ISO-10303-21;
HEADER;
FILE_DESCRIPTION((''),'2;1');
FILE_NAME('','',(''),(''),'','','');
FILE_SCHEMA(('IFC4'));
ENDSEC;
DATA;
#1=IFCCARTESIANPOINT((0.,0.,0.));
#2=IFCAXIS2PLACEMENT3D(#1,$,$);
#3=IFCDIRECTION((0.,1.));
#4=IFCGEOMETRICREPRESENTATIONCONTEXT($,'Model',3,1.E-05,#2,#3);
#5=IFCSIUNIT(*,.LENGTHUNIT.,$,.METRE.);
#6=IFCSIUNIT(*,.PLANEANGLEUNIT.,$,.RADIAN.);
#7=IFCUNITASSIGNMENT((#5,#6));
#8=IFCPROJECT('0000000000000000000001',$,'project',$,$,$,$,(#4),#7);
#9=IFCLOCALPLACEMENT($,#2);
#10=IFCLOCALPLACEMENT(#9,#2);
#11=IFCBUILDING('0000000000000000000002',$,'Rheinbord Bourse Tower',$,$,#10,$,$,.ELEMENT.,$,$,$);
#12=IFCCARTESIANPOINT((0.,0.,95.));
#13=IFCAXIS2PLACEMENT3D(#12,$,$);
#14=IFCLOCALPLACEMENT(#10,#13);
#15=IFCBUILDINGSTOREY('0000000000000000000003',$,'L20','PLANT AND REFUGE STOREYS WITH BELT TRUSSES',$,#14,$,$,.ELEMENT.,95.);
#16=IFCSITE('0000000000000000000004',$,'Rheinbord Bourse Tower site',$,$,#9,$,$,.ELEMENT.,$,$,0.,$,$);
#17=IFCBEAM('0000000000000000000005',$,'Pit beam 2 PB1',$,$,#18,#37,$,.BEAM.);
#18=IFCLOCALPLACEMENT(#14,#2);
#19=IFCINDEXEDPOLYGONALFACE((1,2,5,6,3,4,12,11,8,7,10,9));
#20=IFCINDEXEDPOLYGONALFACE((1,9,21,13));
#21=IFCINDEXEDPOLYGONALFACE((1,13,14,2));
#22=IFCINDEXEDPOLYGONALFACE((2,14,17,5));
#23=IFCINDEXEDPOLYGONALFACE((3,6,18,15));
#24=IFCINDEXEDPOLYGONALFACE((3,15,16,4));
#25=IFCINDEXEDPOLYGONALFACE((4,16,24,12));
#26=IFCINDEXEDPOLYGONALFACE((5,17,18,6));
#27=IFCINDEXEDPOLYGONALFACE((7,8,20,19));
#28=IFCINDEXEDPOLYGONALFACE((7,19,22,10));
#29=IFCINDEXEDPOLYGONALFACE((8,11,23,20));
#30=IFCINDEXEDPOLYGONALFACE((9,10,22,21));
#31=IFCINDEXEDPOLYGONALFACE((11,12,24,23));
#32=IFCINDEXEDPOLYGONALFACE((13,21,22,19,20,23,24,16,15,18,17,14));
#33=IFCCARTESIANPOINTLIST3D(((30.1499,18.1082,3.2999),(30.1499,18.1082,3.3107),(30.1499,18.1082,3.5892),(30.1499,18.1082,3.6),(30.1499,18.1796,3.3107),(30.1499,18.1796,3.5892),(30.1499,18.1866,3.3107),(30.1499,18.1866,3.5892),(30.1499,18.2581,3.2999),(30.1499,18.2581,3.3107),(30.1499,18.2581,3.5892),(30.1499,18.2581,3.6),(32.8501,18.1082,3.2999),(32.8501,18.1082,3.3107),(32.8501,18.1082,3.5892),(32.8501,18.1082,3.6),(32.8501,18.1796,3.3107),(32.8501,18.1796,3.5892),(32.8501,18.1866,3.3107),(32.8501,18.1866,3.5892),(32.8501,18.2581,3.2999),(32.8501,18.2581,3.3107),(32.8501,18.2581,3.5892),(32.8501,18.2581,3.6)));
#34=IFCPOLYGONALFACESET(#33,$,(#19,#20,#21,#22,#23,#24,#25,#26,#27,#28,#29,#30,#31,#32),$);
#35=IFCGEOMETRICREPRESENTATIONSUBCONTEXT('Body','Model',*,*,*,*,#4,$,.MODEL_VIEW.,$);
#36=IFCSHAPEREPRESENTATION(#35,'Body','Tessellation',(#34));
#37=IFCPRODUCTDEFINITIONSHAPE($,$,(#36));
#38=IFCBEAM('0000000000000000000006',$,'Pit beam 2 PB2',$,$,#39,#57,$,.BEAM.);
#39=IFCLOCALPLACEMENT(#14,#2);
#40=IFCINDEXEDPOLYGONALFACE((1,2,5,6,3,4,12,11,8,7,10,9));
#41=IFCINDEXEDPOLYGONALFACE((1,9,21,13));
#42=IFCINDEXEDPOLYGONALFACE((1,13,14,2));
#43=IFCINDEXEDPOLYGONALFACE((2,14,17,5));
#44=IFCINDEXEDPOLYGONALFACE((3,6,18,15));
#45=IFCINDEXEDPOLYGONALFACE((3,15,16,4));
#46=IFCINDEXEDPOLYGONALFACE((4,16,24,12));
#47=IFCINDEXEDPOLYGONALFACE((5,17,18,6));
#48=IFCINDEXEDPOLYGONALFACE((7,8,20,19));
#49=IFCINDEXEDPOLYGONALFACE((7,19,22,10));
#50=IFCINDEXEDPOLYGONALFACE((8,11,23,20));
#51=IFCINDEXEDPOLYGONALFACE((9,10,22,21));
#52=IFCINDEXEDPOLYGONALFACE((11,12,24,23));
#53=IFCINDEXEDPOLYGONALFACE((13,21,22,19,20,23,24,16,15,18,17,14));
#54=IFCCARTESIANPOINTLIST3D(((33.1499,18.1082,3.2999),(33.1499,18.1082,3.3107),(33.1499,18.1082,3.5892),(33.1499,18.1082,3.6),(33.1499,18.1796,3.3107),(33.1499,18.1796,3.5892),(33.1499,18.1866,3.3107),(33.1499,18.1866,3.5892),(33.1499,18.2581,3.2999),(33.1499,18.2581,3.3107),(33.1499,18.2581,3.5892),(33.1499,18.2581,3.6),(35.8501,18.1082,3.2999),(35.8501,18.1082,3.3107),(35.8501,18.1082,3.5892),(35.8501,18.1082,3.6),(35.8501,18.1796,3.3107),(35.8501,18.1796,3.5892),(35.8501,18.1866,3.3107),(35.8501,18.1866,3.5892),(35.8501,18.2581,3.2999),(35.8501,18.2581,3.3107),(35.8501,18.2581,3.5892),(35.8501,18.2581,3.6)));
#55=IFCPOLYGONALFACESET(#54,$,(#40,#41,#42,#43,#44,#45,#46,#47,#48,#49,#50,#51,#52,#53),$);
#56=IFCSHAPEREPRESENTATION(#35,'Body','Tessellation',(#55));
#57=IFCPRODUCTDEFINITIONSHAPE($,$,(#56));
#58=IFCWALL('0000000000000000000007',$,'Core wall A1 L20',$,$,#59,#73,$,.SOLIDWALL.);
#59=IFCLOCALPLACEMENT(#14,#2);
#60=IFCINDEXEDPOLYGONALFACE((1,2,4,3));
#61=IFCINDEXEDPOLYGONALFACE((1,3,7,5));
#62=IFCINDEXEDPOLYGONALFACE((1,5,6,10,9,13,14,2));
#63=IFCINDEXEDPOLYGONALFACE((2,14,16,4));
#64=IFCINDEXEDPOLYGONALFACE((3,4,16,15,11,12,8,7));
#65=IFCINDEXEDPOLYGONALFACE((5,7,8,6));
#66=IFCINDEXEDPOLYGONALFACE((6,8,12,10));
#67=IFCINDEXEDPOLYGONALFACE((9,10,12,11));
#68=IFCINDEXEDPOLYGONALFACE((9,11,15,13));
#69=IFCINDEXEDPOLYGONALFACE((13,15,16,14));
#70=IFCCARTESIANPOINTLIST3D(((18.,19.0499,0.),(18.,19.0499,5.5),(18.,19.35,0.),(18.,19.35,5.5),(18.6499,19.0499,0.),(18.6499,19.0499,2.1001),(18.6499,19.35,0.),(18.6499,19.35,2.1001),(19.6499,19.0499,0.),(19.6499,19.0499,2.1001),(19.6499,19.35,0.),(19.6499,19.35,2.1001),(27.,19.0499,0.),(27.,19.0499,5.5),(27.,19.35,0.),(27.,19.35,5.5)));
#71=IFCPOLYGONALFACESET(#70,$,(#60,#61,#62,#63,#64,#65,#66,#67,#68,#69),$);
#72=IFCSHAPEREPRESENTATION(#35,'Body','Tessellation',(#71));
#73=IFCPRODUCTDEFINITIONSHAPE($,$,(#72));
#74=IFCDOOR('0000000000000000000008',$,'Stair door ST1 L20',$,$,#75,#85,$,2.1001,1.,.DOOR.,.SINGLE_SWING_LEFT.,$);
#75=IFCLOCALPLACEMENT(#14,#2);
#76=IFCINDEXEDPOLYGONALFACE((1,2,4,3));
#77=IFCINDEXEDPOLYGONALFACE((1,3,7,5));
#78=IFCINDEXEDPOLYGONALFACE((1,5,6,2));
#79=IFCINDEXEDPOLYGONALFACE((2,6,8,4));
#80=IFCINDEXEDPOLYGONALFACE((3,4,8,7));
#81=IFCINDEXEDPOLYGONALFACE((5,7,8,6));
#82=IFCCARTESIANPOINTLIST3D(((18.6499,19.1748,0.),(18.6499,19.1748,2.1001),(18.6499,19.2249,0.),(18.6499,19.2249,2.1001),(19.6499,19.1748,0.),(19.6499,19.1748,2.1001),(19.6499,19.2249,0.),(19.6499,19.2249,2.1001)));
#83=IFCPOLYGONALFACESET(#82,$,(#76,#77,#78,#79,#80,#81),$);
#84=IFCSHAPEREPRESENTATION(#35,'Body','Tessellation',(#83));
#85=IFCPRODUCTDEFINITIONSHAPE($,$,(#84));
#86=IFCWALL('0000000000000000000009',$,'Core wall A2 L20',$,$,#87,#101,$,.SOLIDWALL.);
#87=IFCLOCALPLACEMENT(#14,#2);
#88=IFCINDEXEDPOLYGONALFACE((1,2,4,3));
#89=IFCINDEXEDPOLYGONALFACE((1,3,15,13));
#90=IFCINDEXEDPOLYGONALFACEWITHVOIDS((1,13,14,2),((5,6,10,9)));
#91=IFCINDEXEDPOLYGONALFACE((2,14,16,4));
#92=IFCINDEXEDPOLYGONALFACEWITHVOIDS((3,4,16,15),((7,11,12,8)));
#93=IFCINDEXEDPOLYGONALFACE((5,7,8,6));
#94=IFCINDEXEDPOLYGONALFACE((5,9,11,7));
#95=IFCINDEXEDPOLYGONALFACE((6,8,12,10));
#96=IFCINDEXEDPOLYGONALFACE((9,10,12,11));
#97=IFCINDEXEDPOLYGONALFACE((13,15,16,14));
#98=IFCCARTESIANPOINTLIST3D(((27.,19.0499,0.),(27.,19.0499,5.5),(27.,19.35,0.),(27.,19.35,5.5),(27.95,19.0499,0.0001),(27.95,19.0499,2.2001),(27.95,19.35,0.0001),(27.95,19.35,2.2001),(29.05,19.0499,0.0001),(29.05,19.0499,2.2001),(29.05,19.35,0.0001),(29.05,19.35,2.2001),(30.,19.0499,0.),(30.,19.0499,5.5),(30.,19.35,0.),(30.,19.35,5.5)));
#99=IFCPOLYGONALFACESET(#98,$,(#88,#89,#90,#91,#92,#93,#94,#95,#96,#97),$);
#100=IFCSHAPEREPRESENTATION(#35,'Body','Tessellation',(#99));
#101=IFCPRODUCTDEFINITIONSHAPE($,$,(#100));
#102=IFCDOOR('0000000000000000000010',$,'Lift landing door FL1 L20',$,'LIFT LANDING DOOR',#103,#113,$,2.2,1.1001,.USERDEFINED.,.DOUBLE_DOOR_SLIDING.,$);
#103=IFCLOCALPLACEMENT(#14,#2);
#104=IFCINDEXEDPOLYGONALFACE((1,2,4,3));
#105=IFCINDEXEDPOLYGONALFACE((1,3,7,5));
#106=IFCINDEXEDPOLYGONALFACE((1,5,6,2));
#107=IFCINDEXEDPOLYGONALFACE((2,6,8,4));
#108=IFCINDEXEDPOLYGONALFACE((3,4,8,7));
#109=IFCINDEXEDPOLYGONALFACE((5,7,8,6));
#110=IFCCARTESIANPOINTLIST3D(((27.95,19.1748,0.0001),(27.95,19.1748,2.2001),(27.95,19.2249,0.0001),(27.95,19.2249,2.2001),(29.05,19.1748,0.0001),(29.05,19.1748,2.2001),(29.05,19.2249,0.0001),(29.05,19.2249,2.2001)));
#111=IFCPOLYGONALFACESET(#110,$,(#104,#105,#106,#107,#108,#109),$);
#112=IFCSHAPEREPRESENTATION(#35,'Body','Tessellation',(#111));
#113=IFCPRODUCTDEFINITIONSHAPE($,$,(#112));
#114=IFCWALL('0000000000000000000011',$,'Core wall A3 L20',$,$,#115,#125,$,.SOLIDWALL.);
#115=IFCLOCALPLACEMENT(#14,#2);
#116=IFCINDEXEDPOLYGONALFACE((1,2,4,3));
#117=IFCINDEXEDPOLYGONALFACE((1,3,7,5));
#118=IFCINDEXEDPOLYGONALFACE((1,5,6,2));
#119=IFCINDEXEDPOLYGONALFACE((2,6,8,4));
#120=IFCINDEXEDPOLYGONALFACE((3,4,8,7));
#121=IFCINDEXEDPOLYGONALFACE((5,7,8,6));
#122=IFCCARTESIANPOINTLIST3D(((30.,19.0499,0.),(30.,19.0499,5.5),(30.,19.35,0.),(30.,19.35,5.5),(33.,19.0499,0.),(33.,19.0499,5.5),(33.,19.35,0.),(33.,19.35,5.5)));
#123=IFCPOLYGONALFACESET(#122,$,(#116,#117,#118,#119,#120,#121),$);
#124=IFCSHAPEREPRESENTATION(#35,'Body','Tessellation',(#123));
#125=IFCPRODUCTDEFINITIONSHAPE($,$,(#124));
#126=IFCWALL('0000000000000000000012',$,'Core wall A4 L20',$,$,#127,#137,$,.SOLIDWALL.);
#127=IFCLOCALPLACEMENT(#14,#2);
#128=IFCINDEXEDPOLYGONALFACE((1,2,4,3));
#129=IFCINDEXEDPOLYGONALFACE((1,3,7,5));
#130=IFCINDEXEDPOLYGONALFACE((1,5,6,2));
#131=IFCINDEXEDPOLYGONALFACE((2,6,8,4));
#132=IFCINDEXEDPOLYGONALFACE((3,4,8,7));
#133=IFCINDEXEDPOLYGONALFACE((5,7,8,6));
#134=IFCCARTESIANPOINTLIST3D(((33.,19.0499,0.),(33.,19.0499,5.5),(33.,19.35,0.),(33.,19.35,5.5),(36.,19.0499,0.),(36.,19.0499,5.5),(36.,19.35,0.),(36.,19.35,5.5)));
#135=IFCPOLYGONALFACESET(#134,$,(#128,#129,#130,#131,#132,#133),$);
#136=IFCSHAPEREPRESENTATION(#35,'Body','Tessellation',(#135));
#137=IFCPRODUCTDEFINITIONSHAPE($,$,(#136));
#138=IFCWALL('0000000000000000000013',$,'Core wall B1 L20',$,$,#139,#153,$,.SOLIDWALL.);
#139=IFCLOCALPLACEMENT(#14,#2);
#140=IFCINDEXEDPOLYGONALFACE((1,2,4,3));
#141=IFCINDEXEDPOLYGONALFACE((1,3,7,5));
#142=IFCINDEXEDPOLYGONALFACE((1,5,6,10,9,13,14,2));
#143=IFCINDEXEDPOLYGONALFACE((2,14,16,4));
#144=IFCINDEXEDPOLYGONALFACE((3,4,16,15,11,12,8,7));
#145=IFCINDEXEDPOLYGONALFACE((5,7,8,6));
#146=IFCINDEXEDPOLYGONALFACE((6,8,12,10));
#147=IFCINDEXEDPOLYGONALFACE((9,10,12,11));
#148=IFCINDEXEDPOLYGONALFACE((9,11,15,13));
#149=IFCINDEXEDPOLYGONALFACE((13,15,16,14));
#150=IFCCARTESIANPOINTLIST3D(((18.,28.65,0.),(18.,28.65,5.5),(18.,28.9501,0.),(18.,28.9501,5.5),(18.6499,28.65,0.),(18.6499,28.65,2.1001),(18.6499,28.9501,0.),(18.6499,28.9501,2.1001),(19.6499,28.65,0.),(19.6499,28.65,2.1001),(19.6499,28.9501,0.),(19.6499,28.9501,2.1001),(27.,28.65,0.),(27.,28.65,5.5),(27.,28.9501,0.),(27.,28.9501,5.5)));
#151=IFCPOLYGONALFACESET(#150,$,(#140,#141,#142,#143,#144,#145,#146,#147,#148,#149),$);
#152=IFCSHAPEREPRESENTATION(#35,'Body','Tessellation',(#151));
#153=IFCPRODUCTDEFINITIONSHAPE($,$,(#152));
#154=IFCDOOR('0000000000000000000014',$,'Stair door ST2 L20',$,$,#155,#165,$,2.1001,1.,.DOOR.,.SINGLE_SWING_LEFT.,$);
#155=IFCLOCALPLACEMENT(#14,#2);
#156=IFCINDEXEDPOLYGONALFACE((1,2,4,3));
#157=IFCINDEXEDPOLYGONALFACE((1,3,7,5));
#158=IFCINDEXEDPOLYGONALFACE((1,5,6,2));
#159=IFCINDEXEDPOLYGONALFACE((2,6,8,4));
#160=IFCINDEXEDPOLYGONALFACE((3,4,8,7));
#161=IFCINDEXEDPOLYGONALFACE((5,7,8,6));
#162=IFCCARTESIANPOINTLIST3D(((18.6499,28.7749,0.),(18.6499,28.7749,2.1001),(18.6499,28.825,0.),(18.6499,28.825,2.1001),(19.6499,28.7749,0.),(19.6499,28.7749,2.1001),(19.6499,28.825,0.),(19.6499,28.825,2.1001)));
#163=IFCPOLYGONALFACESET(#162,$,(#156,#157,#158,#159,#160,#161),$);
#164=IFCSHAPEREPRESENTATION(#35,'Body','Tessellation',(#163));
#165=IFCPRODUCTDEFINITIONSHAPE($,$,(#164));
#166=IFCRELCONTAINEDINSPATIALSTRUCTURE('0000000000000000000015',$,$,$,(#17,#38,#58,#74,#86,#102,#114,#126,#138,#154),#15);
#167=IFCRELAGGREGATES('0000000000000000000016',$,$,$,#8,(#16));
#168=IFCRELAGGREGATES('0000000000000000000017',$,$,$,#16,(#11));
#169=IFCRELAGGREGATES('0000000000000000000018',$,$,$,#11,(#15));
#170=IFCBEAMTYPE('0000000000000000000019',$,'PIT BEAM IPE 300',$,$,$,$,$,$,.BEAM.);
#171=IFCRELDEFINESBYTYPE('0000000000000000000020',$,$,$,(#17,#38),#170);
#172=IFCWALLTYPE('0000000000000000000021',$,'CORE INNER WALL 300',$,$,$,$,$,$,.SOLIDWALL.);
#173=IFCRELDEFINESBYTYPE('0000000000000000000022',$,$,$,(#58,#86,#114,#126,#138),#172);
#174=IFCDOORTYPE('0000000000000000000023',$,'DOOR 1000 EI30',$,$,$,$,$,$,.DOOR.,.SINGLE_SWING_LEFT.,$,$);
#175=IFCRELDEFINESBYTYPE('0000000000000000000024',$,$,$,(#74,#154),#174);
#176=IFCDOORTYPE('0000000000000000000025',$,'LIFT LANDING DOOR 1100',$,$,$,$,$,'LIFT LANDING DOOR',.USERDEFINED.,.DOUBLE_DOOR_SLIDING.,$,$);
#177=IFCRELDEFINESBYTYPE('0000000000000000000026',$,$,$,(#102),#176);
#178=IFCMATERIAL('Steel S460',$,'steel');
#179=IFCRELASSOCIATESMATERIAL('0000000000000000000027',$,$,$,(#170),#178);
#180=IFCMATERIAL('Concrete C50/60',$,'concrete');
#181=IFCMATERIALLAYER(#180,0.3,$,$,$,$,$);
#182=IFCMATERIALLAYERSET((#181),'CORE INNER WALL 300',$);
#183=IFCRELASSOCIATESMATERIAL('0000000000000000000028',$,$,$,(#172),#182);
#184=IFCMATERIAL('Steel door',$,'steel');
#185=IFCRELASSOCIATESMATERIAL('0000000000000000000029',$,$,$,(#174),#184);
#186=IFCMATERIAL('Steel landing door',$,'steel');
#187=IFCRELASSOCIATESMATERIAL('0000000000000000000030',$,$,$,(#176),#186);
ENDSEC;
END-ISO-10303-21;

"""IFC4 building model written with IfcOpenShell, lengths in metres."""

from ifc_helpers import new_model, si_unit, direction, frame, frame_2d, origin, origin_2d, place, context, subcontext, project, spatial, rectangle, i_section, extrude, material, layer, layer_set, material_profile, profile_set, type_object, element, fill, save


model = new_model("IFC4")

# Units and contexts
model_context = context("Model", 3, precision=1e-05, world=origin(), true_north=direction((0.0, 1.0)))
body_context = subcontext(model_context, "Body", "Model", "MODEL_VIEW")
ifc_project = project(units=[si_unit("LENGTHUNIT", "METRE"), si_unit("PLANEANGLEUNIT", "RADIAN")], contexts=[model_context])

# Site, building, storey
site_placement = place(None, origin())
site = spatial("IfcSite", under=ifc_project, at=site_placement, Name="Rheinbord Bourse Tower site", CompositionType="ELEMENT", RefElevation=0.0)
building_placement = place(site_placement, origin())
building = spatial("IfcBuilding", under=site, at=building_placement, Name="Rheinbord Bourse Tower", CompositionType="ELEMENT")
storey_placement = place(building_placement, frame((0.0, 0.0, 95.0)))
storey = spatial("IfcBuildingStorey", under=building, at=storey_placement, Name="L20", Description="PLANT AND REFUGE STOREYS WITH BELT TRUSSES", CompositionType="ELEMENT", Elevation=95.0)

# Beams
ifc_material_1 = material(Name="Steel S460", Category="steel")
ifc_material_profile = material_profile(ifc_material_1, i_section(OverallWidth=0.1499, OverallDepth=0.3, WebThickness=0.0071, FlangeThickness=0.0107, at=origin_2d()), Name="IPE 300")
ifc_profile_set = profile_set([ifc_material_profile], Name="Steel S460")
beam_type = type_object("IfcBeamType", Name="PIT BEAM IPE 300", PredefinedType="BEAM", material=ifc_profile_set)
for number, where, z_axis, x_axis, name in (
    (1, (30.1499, 18.1831, 3.45), (1.0, 0.0, 0.0), (0.0, 1.0, 0.0), "Pit beam 2 PB1"),
    (2, (33.1499, 18.1831, 3.45), (1.0, 0.0, 0.0), (0.0, 1.0, 0.0), "Pit beam 2 PB2"),
):
    element("IfcBeam", number, at=place(storey_placement, frame(where, z_axis=z_axis, x_axis=x_axis)), inside=storey, type_object=beam_type, Name=name, PredefinedType="BEAM", context=body_context, shape_type="SweptSolid", body=[
        extrude(i_section(OverallWidth=0.1499, OverallDepth=0.3, WebThickness=0.0071, FlangeThickness=0.0107, at=origin_2d()), origin(), (0.0, 0.0, 1.0), 2.7002),
    ])

# Walls, openings, doors
ifc_material_2 = material(Name="Concrete C50/60", Category="concrete")
ifc_layer_1 = layer(ifc_material_2, 0.3)
ifc_layer_set_1 = layer_set([ifc_layer_1], Name="CORE INNER WALL 300")
wall_type_1 = type_object("IfcWallType", Name="CORE INNER WALL 300", PredefinedType="SOLIDWALL", material=ifc_layer_set_1)
wall_1_placement = place(storey_placement, frame((18.0, 19.2, 0.0), z_axis=(0.0, 0.0, 1.0), x_axis=(1.0, 0.0, 0.0)))
wall_1 = element("IfcWall", 3, at=wall_1_placement, inside=storey, type_object=wall_type_1, Name="Core wall A1 L20", PredefinedType="SOLIDWALL", context=body_context, shape_type="SweptSolid", body=[
    extrude(rectangle(XDim=9.0, YDim=0.3, at=frame_2d((4.5, 0.0))), origin(), (0.0, 0.0, 1.0), 5.5),
])
opening_1_placement = place(wall_1_placement, frame((0.6499, 0.0, 0.0)))
opening_1 = element("IfcOpeningElement", 4, at=opening_1_placement, cuts=wall_1, PredefinedType="OPENING", context=body_context, shape_type="SweptSolid", body=[
    extrude(rectangle(XDim=1.0, YDim=2.1001, at=frame_2d((0.5, 1.05))), frame((0.0, 0.1599, 0.0), z_axis=(0.0, -1.0, 0.0), x_axis=(1.0, 0.0, 0.0)), (0.0, 0.0, 1.0), 0.3201),
])
ifc_material_3 = material(Name="Steel door", Category="steel")
door_type_1 = type_object("IfcDoorType", Name="DOOR 1000 EI30", OperationType="SINGLE_SWING_LEFT", PredefinedType="DOOR", material=ifc_material_3)
door_1_placement = place(opening_1_placement, origin())
door_1 = element("IfcDoor", 5, at=door_1_placement, inside=storey, type_object=door_type_1, Name="Stair door ST1 L20", OperationType="SINGLE_SWING_LEFT", OverallHeight=2.1001, OverallWidth=1.0, PredefinedType="DOOR", context=body_context, shape_type="SweptSolid", body=[
    extrude(rectangle(XDim=1.0, YDim=2.1001, at=frame_2d((0.5, 1.05))), frame((0.0, 0.0249, 0.0), z_axis=(0.0, -1.0, 0.0), x_axis=(1.0, 0.0, 0.0)), (0.0, 0.0, 1.0), 0.05),
])
fill(opening_1, door_1)
wall_2_placement = place(storey_placement, frame((27.0, 19.2, 0.0), z_axis=(0.0, 0.0, 1.0), x_axis=(1.0, 0.0, 0.0)))
wall_2 = element("IfcWall", 6, at=wall_2_placement, inside=storey, type_object=wall_type_1, Name="Core wall A2 L20", PredefinedType="SOLIDWALL", context=body_context, shape_type="SweptSolid", body=[
    extrude(rectangle(XDim=3.0, YDim=0.3, at=frame_2d((1.5, 0.0))), origin(), (0.0, 0.0, 1.0), 5.5),
])
opening_2_placement = place(wall_2_placement, frame((0.95, 0.0, 0.0)))
opening_2 = element("IfcOpeningElement", 7, at=opening_2_placement, cuts=wall_2, PredefinedType="OPENING", context=body_context, shape_type="SweptSolid", body=[
    extrude(rectangle(XDim=1.1001, YDim=2.2, at=frame_2d((0.55, 1.1001))), frame((0.0, 0.1599, 0.0), z_axis=(0.0, -1.0, 0.0), x_axis=(1.0, 0.0, 0.0)), (0.0, 0.0, 1.0), 0.3201),
])
ifc_material_4 = material(Name="Steel landing door", Category="steel")
door_type_2 = type_object("IfcDoorType", Name="LIFT LANDING DOOR 1100", ElementType="LIFT LANDING DOOR", OperationType="DOUBLE_DOOR_SLIDING", PredefinedType="USERDEFINED", material=ifc_material_4)
door_2_placement = place(opening_2_placement, origin())
door_2 = element("IfcDoor", 8, at=door_2_placement, inside=storey, type_object=door_type_2, Name="Lift landing door FL1 L20", ObjectType="LIFT LANDING DOOR", OperationType="DOUBLE_DOOR_SLIDING", OverallHeight=2.2, OverallWidth=1.1001, PredefinedType="USERDEFINED", context=body_context, shape_type="SweptSolid", body=[
    extrude(rectangle(XDim=1.1001, YDim=2.2, at=frame_2d((0.55, 1.1001))), frame((0.0, 0.0249, 0.0), z_axis=(0.0, -1.0, 0.0), x_axis=(1.0, 0.0, 0.0)), (0.0, 0.0, 1.0), 0.05),
])
fill(opening_2, door_2)

# Walls
for number, where, z_axis, x_axis, name in (
    (9, (30.0, 19.2, 0.0), (0.0, 0.0, 1.0), (1.0, 0.0, 0.0), "Core wall A3 L20"),
    (10, (33.0, 19.2, 0.0), (0.0, 0.0, 1.0), (1.0, 0.0, 0.0), "Core wall A4 L20"),
):
    element("IfcWall", number, at=place(storey_placement, frame(where, z_axis=z_axis, x_axis=x_axis)), inside=storey, type_object=wall_type_1, Name=name, PredefinedType="SOLIDWALL", context=body_context, shape_type="SweptSolid", body=[
        extrude(rectangle(XDim=3.0, YDim=0.3, at=frame_2d((1.5, 0.0))), origin(), (0.0, 0.0, 1.0), 5.5),
    ])

# Wall, opening, door
wall_3_placement = place(storey_placement, frame((18.0, 28.8, 0.0), z_axis=(0.0, 0.0, 1.0), x_axis=(1.0, 0.0, 0.0)))
wall_3 = element("IfcWall", 11, at=wall_3_placement, inside=storey, type_object=wall_type_1, Name="Core wall B1 L20", PredefinedType="SOLIDWALL", context=body_context, shape_type="SweptSolid", body=[
    extrude(rectangle(XDim=9.0, YDim=0.3, at=frame_2d((4.5, 0.0))), origin(), (0.0, 0.0, 1.0), 5.5),
])
opening_3_placement = place(wall_3_placement, frame((0.6499, 0.0, 0.0)))
opening_3 = element("IfcOpeningElement", 12, at=opening_3_placement, cuts=wall_3, PredefinedType="OPENING", context=body_context, shape_type="SweptSolid", body=[
    extrude(rectangle(XDim=1.0, YDim=2.1001, at=frame_2d((0.5, 1.05))), frame((0.0, 0.1599, 0.0), z_axis=(0.0, -1.0, 0.0), x_axis=(1.0, 0.0, 0.0)), (0.0, 0.0, 1.0), 0.3201),
])
door_3_placement = place(opening_3_placement, origin())
door_3 = element("IfcDoor", 13, at=door_3_placement, inside=storey, type_object=door_type_1, Name="Stair door ST2 L20", OperationType="SINGLE_SWING_LEFT", OverallHeight=2.1001, OverallWidth=1.0, PredefinedType="DOOR", context=body_context, shape_type="SweptSolid", body=[
    extrude(rectangle(XDim=1.0, YDim=2.1001, at=frame_2d((0.5, 1.05))), frame((0.0, 0.0249, 0.0), z_axis=(0.0, -1.0, 0.0), x_axis=(1.0, 0.0, 0.0)), (0.0, 0.0, 1.0), 0.05),
])
fill(opening_3, door_3)

save(model, "model.ifc")
